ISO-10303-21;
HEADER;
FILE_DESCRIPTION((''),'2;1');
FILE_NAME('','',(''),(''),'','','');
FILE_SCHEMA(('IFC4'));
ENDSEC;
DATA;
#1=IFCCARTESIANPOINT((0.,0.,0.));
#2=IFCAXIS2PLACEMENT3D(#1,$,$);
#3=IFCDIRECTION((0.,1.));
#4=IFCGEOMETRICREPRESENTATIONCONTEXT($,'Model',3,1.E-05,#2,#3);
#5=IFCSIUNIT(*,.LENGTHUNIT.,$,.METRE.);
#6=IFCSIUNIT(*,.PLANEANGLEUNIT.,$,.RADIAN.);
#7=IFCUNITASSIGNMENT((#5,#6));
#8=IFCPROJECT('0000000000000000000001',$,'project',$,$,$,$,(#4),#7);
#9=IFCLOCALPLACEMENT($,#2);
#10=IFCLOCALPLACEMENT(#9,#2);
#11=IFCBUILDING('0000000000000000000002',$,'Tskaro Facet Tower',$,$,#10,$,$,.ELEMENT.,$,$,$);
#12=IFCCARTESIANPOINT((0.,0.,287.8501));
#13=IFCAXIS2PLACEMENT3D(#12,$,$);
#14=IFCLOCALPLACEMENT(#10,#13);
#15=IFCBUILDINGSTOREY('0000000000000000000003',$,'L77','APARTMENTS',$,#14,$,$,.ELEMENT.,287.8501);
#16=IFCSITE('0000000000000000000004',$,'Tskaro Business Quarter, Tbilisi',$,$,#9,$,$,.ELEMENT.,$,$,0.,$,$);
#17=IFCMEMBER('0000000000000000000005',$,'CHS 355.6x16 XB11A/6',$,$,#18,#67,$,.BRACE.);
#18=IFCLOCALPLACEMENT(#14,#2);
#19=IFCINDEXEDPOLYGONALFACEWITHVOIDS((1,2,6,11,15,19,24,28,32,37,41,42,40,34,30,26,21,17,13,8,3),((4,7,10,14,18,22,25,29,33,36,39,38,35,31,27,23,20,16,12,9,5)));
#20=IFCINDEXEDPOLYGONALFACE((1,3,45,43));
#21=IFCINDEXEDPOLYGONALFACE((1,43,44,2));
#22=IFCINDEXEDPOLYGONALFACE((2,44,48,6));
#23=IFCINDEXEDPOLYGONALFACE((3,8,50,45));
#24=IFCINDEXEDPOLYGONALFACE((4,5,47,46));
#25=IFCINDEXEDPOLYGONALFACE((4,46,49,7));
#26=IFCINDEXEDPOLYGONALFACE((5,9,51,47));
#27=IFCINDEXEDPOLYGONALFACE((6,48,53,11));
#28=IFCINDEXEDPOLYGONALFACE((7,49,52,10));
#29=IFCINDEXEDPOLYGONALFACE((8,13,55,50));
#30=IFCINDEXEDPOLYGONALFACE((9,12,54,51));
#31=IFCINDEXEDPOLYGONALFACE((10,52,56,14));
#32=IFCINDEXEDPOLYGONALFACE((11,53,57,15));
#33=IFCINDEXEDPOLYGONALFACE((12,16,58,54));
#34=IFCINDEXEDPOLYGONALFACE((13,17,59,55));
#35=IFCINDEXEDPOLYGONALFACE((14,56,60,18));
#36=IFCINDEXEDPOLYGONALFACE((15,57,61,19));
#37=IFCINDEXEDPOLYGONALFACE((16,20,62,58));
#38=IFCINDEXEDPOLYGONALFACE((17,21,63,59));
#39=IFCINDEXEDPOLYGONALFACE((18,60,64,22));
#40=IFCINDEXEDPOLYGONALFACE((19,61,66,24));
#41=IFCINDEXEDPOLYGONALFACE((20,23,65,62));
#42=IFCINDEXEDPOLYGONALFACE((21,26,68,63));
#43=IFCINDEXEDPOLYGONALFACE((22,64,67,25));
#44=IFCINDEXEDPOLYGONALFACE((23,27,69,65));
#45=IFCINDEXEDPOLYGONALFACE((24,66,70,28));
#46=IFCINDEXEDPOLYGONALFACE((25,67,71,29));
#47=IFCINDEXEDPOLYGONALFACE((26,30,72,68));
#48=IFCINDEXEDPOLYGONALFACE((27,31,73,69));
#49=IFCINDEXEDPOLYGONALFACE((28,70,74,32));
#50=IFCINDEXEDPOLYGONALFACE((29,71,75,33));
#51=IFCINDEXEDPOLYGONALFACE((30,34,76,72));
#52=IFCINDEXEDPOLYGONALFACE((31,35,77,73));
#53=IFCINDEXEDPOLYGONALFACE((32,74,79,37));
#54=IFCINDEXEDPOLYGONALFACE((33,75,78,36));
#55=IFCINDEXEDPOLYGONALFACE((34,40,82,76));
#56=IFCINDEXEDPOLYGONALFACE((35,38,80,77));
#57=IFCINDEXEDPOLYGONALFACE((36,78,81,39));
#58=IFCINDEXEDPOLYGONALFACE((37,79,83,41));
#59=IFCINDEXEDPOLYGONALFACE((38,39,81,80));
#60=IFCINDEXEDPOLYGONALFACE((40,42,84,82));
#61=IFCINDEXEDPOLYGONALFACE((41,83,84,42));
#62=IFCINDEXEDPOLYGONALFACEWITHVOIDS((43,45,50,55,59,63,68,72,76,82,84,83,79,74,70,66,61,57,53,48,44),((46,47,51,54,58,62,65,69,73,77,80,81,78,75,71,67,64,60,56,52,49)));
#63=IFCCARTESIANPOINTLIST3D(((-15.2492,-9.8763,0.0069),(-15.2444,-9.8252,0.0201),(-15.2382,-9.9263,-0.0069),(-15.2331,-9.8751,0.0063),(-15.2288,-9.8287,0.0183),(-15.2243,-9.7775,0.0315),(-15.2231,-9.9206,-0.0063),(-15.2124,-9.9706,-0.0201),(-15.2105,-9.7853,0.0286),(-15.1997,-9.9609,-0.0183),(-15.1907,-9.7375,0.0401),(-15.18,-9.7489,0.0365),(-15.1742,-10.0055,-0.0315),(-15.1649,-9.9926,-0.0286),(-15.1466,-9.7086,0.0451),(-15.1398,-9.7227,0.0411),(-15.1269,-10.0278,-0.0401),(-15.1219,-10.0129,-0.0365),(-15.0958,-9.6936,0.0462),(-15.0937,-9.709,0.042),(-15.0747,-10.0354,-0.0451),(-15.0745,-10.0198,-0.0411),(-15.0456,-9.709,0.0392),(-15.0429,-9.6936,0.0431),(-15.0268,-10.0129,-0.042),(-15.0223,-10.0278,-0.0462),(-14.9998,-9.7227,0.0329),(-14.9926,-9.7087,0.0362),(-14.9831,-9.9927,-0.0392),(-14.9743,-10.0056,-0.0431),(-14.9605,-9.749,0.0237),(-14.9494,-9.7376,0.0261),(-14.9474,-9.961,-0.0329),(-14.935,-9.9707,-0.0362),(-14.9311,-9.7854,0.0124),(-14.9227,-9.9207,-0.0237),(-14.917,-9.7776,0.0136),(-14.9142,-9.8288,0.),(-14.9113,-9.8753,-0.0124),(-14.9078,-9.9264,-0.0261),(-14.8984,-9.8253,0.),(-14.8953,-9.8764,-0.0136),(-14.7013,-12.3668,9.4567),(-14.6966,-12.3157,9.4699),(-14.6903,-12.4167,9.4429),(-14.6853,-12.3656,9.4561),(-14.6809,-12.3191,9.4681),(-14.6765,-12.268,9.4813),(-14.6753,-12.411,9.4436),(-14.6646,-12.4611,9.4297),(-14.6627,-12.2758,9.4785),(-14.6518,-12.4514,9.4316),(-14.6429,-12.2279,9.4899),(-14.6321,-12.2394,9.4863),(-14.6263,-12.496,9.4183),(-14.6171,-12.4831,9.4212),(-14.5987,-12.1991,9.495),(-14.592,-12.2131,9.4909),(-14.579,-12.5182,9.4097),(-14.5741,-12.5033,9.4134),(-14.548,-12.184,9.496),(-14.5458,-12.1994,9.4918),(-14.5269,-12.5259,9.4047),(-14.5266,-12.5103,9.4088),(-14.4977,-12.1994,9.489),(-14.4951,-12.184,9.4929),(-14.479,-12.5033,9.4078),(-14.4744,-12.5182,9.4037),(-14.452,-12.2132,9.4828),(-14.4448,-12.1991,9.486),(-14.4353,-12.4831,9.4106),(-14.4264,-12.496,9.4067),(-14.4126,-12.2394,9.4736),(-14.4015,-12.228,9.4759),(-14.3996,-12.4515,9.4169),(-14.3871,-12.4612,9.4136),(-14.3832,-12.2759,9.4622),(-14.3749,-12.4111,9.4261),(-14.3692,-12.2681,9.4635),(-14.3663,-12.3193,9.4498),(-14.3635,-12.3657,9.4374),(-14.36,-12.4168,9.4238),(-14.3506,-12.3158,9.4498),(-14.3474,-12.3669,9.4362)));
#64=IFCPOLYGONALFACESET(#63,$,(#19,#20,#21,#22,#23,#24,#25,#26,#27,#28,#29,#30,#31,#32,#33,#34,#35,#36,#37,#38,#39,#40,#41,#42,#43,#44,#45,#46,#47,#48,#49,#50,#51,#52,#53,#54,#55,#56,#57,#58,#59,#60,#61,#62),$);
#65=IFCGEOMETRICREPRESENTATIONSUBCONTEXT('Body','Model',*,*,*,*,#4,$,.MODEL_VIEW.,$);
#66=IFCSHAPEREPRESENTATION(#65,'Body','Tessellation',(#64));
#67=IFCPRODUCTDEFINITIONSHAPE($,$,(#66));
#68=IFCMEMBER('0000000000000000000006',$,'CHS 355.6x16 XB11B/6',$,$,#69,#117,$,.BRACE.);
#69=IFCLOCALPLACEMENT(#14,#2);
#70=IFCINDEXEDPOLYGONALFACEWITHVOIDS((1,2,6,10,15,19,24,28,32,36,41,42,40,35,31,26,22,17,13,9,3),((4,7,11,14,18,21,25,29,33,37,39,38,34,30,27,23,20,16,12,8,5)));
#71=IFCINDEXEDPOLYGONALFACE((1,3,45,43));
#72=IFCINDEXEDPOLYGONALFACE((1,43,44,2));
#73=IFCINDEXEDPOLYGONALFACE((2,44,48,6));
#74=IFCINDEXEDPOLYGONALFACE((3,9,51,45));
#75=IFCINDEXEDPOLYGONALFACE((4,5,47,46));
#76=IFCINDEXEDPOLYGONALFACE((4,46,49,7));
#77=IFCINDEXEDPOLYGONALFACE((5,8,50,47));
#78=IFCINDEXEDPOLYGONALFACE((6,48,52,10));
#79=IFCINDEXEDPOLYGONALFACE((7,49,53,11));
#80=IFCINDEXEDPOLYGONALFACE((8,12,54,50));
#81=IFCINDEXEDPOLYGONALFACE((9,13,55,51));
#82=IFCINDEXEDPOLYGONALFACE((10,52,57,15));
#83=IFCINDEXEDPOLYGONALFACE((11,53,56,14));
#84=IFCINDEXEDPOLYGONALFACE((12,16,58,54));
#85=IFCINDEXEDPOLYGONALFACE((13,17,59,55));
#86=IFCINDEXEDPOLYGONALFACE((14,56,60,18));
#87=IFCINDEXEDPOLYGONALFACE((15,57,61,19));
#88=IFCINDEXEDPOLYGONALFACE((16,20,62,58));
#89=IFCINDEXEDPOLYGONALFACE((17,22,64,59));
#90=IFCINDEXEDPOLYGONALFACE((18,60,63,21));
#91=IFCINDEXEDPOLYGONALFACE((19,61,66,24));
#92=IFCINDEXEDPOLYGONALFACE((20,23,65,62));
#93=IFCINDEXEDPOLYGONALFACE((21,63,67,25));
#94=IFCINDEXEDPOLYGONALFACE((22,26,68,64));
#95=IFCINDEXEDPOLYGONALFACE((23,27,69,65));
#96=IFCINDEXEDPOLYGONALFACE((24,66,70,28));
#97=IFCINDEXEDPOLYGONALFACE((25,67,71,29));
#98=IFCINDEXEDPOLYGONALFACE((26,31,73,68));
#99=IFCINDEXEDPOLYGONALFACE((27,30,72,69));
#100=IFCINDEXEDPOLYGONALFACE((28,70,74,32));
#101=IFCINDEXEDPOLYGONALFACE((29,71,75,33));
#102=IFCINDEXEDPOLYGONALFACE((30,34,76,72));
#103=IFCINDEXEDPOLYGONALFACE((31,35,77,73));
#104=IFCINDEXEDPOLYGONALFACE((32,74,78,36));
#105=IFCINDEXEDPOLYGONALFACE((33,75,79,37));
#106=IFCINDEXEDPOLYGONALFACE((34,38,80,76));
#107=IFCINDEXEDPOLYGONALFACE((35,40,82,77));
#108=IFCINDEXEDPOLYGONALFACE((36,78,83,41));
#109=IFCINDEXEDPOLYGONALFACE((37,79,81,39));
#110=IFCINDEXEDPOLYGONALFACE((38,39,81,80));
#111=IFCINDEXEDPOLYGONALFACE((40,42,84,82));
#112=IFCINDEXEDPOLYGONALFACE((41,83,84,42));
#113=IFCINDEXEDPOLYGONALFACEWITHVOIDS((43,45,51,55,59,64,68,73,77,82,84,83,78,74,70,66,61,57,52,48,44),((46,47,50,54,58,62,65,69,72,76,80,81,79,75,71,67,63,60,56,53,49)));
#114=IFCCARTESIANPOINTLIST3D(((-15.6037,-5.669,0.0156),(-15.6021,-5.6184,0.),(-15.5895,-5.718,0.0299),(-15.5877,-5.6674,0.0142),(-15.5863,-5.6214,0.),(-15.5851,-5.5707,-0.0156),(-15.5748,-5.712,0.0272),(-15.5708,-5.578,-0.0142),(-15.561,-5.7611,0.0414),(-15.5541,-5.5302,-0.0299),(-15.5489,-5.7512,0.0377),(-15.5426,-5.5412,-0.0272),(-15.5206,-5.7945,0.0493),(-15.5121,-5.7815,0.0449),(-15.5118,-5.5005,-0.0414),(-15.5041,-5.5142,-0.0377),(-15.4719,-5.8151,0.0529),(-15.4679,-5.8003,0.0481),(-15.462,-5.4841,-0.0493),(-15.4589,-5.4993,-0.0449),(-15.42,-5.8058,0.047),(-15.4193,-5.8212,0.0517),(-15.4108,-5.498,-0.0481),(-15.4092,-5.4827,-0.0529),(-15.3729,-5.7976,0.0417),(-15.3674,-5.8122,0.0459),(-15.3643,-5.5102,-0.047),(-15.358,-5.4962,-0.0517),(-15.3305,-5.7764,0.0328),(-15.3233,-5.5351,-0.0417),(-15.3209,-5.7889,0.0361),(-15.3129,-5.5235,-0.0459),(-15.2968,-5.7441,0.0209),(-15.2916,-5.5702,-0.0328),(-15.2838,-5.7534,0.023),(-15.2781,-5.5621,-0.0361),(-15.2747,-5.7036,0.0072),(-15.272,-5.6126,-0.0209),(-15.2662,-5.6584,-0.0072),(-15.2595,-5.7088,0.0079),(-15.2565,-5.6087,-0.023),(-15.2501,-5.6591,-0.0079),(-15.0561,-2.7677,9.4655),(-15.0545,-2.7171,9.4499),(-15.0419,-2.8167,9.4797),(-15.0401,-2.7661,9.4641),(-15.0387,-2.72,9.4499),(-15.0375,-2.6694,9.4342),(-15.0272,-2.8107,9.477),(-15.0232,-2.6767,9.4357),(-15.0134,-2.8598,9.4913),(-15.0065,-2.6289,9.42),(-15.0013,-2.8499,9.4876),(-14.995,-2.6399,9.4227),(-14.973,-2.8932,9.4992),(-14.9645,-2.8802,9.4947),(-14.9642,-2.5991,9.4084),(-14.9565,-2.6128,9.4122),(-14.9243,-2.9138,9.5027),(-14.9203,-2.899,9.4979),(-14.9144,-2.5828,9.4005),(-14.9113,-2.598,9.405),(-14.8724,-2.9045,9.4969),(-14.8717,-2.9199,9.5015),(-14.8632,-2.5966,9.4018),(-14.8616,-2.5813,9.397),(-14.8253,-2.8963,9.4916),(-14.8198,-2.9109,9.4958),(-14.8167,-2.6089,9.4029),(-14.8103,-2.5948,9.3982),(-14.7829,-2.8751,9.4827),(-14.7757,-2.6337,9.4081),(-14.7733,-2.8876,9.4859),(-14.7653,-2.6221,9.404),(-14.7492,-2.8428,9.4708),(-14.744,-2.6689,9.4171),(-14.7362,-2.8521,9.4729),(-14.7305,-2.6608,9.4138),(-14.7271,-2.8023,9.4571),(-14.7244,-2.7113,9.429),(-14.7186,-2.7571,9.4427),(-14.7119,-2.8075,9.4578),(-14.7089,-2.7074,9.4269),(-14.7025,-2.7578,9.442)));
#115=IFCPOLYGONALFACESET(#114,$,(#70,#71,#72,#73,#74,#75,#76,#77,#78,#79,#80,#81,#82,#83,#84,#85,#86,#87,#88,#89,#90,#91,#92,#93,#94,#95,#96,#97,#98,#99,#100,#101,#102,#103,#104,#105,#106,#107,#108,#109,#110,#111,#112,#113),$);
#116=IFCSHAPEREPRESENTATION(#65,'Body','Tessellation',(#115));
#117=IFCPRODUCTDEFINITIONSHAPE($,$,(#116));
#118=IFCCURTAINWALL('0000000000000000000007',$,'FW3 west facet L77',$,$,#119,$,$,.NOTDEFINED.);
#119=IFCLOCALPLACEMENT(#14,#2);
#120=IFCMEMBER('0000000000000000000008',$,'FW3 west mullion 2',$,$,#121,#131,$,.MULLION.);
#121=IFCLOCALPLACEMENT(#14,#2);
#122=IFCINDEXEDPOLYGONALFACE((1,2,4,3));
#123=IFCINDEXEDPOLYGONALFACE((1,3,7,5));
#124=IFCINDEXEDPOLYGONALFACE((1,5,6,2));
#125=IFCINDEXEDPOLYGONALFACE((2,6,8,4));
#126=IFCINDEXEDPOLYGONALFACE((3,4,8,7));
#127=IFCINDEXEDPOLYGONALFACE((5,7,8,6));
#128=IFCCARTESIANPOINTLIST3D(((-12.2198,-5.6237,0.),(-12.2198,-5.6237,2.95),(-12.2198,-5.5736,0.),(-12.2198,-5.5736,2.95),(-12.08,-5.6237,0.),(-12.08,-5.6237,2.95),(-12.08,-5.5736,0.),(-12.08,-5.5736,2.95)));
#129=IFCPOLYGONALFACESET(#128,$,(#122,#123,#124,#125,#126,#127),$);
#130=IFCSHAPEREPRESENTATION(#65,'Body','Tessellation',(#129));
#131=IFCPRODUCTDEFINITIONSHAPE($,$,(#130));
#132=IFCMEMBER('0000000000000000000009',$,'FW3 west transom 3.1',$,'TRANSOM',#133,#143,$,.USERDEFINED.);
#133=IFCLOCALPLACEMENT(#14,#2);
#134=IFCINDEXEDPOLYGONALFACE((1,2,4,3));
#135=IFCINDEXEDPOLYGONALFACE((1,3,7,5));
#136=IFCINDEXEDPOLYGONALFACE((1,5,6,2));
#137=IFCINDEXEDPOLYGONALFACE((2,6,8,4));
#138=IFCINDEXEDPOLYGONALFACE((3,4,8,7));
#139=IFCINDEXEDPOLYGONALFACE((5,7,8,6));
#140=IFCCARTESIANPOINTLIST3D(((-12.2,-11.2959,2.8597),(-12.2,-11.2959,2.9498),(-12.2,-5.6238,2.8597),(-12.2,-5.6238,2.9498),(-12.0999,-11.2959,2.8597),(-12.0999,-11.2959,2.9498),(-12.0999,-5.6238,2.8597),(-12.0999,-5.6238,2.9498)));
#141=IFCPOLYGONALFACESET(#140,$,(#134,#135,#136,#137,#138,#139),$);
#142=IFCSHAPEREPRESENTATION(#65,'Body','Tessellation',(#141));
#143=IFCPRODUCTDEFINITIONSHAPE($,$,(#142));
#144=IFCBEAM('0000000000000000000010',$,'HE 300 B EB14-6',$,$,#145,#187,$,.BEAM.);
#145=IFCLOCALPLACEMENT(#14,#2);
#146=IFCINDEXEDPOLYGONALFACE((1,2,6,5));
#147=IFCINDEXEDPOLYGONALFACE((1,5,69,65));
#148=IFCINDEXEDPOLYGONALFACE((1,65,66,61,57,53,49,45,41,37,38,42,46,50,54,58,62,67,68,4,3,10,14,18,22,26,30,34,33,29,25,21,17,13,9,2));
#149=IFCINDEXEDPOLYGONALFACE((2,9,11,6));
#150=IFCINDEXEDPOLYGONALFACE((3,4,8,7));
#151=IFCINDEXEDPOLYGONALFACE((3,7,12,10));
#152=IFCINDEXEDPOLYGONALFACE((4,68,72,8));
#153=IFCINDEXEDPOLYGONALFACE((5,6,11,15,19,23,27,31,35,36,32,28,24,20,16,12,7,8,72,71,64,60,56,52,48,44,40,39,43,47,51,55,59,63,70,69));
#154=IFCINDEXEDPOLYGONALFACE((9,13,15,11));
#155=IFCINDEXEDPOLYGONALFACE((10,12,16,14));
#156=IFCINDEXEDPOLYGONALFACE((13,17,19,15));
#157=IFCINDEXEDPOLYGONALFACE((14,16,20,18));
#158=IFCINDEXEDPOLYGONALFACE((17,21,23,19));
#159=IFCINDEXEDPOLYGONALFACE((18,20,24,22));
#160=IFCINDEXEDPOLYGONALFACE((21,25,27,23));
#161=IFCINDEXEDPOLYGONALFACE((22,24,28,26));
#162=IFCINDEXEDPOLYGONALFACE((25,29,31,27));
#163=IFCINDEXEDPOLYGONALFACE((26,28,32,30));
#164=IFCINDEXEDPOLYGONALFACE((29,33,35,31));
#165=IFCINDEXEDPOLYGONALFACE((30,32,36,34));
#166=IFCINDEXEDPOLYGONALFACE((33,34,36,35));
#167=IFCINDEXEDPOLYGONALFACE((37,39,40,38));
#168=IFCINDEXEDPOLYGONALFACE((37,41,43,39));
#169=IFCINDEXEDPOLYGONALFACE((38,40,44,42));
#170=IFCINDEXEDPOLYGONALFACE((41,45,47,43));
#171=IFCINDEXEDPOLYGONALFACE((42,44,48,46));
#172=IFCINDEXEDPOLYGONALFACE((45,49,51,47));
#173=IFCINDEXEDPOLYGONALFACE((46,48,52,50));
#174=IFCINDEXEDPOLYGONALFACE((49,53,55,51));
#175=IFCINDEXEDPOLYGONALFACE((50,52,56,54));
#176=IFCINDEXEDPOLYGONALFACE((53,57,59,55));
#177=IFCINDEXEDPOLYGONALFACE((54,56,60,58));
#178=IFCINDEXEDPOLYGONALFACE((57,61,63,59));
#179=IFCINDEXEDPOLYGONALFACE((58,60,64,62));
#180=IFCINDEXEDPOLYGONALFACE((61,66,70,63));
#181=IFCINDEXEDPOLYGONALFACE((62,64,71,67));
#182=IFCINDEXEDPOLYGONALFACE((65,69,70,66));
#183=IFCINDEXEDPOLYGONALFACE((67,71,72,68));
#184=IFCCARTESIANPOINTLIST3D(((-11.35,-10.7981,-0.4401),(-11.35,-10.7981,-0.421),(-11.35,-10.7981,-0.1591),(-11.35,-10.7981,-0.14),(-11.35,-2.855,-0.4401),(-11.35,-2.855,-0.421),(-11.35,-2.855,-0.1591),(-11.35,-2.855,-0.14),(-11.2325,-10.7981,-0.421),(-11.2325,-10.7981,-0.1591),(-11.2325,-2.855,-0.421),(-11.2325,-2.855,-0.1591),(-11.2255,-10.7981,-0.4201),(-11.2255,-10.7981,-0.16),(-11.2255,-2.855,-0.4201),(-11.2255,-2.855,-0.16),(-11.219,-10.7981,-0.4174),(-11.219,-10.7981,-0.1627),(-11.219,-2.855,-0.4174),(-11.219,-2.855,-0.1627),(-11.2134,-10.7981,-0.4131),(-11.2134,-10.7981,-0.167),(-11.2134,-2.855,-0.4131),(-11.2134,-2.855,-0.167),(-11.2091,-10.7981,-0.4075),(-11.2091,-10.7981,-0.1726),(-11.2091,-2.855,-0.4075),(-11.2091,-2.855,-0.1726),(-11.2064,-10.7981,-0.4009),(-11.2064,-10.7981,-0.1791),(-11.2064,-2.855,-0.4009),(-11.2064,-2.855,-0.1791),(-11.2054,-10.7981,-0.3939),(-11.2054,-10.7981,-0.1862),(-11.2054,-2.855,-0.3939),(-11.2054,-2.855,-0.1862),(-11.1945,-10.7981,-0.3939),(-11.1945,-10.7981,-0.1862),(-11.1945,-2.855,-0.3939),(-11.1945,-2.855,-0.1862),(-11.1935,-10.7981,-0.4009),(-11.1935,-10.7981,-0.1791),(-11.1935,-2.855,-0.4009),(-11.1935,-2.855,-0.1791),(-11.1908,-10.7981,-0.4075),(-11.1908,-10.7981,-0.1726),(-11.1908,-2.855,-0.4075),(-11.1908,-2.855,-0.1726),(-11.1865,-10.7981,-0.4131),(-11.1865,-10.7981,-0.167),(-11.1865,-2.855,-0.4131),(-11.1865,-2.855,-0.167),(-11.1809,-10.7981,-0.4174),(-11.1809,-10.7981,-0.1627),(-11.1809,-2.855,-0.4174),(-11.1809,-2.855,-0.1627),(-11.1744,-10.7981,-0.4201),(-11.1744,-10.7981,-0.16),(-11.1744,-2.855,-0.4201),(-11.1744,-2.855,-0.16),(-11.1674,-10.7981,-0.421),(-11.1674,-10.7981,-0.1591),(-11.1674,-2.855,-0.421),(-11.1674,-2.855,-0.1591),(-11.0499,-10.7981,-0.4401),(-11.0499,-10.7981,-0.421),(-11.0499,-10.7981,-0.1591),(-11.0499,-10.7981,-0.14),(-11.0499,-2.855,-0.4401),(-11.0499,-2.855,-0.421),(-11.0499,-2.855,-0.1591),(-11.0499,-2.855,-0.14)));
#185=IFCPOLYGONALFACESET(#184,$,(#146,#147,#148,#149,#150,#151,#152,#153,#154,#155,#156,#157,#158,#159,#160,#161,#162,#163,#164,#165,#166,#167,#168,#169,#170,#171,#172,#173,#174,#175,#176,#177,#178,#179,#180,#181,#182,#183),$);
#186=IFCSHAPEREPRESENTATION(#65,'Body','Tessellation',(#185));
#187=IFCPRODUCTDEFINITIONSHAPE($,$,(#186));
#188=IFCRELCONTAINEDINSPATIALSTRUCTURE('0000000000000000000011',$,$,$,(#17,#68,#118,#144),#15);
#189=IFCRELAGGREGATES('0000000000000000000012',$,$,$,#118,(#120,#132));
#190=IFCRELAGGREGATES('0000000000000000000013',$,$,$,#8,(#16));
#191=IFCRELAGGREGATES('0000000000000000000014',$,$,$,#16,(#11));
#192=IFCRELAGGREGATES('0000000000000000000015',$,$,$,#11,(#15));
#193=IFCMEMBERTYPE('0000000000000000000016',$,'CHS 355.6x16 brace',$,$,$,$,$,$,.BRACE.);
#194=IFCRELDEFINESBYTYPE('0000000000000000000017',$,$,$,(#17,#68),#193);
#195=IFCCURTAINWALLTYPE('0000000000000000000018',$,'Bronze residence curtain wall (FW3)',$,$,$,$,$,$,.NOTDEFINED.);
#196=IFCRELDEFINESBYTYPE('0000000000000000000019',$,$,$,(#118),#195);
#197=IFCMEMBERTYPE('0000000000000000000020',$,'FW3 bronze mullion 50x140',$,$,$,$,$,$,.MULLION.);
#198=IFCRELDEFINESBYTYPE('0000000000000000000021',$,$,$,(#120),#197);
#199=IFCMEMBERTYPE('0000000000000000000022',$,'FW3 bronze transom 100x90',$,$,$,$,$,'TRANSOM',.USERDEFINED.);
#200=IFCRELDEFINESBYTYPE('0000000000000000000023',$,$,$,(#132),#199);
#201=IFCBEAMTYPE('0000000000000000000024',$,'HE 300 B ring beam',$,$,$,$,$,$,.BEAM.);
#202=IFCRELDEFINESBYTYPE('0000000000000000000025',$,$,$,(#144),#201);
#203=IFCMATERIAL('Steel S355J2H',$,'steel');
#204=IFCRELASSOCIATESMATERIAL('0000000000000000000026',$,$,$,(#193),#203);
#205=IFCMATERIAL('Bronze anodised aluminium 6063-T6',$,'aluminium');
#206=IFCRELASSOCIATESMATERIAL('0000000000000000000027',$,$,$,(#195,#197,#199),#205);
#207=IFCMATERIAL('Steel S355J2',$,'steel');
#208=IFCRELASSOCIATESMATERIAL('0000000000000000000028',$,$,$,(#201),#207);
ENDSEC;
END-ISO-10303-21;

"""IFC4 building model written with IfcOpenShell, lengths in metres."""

from ifc_helpers import new_model, si_unit, direction, frame, origin, origin_2d, place, context, subcontext, project, spatial, rectangle, hollow_circle, i_section, extrude, material, material_profile, profile_set, type_object, element, aggregate, save


model = new_model("IFC4")

# Units and contexts
model_context = context("Model", 3, precision=1e-05, world=origin(), true_north=direction((0.0, 1.0)))
body_context = subcontext(model_context, "Body", "Model", "MODEL_VIEW")
ifc_project = project(units=[si_unit("LENGTHUNIT", "METRE"), si_unit("PLANEANGLEUNIT", "RADIAN")], contexts=[model_context])

# Site, building, storey
site_placement = place(None, origin())
site = spatial("IfcSite", under=ifc_project, at=site_placement, Name="Tskaro Business Quarter, Tbilisi", CompositionType="ELEMENT", RefElevation=0.0)
building_placement = place(site_placement, origin())
building = spatial("IfcBuilding", under=site, at=building_placement, Name="Tskaro Facet Tower", CompositionType="ELEMENT")
storey_placement = place(building_placement, frame((0.0, 0.0, 287.8501)))
storey = spatial("IfcBuildingStorey", under=building, at=storey_placement, Name="L77", Description="APARTMENTS", CompositionType="ELEMENT", Elevation=287.8501)

# Shared definitions
ifc_material_1 = material(Name="Steel S355J2", Category="steel")
ifc_material_2 = material(Name="Steel S355J2H", Category="steel")

# Members
ifc_material_profile_1 = material_profile(ifc_material_2, hollow_circle(Radius=0.1777, WallThickness=0.0161, at=origin_2d()), Name="CHS 355.6x16")
ifc_profile_set_1 = profile_set([ifc_material_profile_1], Name="Steel S355J2H")
member_type_1 = type_object("IfcMemberType", Name="CHS 355.6x16 brace", PredefinedType="BRACE", material=ifc_profile_set_1)
member_1_placement = place(storey_placement, frame((-15.072, -9.8635, 0.0), z_axis=(0.055972, -0.254443, 0.965467), x_axis=(0.976649, 0.214842, 0.0)))
element("IfcMember", 1, at=member_1_placement, inside=storey, type_object=member_type_1, Name="CHS 355.6x16 XB11A/6", PredefinedType="BRACE", context=body_context, shape_type="SweptSolid", body=[
    extrude(hollow_circle(Radius=0.1777, WallThickness=0.0161, at=origin_2d()), origin(), (0.0, 0.0, 1.0), 9.7878),
])
member_2_placement = place(storey_placement, frame((-15.4275, -5.6514, 0.0), z_axis=(0.055311, 0.293053, 0.954495), x_axis=(-0.982651, 0.185467, 0.0)))
element("IfcMember", 2, at=member_2_placement, inside=storey, type_object=member_type_1, Name="CHS 355.6x16 XB11B/6", PredefinedType="BRACE", context=body_context, shape_type="SweptSolid", body=[
    extrude(hollow_circle(Radius=0.1777, WallThickness=0.0161, at=origin_2d()), origin(), (0.0, 0.0, 1.0), 9.9004),
])

# Curtain wall, members
ifc_material_3 = material(Name="Bronze anodised aluminium 6063-T6", Category="aluminium")
curtain_wall_type = type_object("IfcCurtainWallType", Name="Bronze residence curtain wall (FW3)", PredefinedType="NOTDEFINED", material=ifc_material_3)
curtain_wall_placement = place(storey_placement, origin())
curtain_wall = element("IfcCurtainWall", 3, at=curtain_wall_placement, inside=storey, type_object=curtain_wall_type, Name="FW3 west facet L77", PredefinedType="NOTDEFINED")
ifc_material_profile_2 = material_profile(ifc_material_3, rectangle(XDim=0.05, YDim=0.1399, at=origin_2d()), Name="Mullion 50x140")
ifc_profile_set_2 = profile_set([ifc_material_profile_2], Name="Bronze anodised aluminium 6063-T6")
member_type_2 = type_object("IfcMemberType", Name="FW3 bronze mullion 50x140", PredefinedType="MULLION", material=ifc_profile_set_2)
member_3_placement = place(storey_placement, frame((-12.1499, -5.5986, 0.0), z_axis=(0.0, 0.0, 1.0), x_axis=(0.0, -1.0, 0.0)))
member_3 = element("IfcMember", 4, at=member_3_placement, type_object=member_type_2, Name="FW3 west mullion 2", PredefinedType="MULLION", context=body_context, shape_type="SweptSolid", body=[
    extrude(rectangle(XDim=0.05, YDim=0.1399, at=origin_2d()), origin(), (0.0, 0.0, 1.0), 2.95),
])
ifc_material_profile_3 = material_profile(ifc_material_3, rectangle(XDim=0.1001, YDim=0.0901, at=origin_2d()), Name="Transom 100x90")
ifc_profile_set_3 = profile_set([ifc_material_profile_3], Name="Bronze anodised aluminium 6063-T6")
member_type_3 = type_object("IfcMemberType", Name="FW3 bronze transom 100x90", ElementType="TRANSOM", PredefinedType="USERDEFINED", material=ifc_profile_set_3)
member_4_placement = place(storey_placement, frame((-12.1499, -5.6238, 2.9048), z_axis=(0.0, -1.0, 0.0), x_axis=(1.0, 0.0, 0.0)))
member_4 = element("IfcMember", 5, at=member_4_placement, type_object=member_type_3, Name="FW3 west transom 3.1", ObjectType="TRANSOM", PredefinedType="USERDEFINED", context=body_context, shape_type="SweptSolid", body=[
    extrude(rectangle(XDim=0.1001, YDim=0.0901, at=origin_2d()), origin(), (0.0, 0.0, 1.0), 5.6721),
])

# Beam
ifc_material_profile_4 = material_profile(ifc_material_1, i_section(OverallWidth=0.3, OverallDepth=0.3, WebThickness=0.011, FlangeThickness=0.019, FilletRadius=0.0271, at=origin_2d()), Name="HE 300 B")
ifc_profile_set_4 = profile_set([ifc_material_profile_4], Name="Steel S355J2")
beam_type_1 = type_object("IfcBeamType", Name="HE 300 B ring beam", PredefinedType="BEAM", material=ifc_profile_set_4)
beam_1_placement = place(storey_placement, frame((-11.2, -2.855, -0.29), z_axis=(0.0, -1.0, 0.0), x_axis=(1.0, 0.0, 0.0)))
element("IfcBeam", 6, at=beam_1_placement, inside=storey, type_object=beam_type_1, Name="HE 300 B EB14-6", PredefinedType="BEAM", context=body_context, shape_type="SweptSolid", body=[
    extrude(i_section(OverallWidth=0.3, OverallDepth=0.3, WebThickness=0.011, FlangeThickness=0.019, FilletRadius=0.0271, at=origin_2d()), origin(), (0.0, 0.0, 1.0), 7.9431),
])

aggregate(curtain_wall, [member_3, member_4])

save(model, "model.ifc")
